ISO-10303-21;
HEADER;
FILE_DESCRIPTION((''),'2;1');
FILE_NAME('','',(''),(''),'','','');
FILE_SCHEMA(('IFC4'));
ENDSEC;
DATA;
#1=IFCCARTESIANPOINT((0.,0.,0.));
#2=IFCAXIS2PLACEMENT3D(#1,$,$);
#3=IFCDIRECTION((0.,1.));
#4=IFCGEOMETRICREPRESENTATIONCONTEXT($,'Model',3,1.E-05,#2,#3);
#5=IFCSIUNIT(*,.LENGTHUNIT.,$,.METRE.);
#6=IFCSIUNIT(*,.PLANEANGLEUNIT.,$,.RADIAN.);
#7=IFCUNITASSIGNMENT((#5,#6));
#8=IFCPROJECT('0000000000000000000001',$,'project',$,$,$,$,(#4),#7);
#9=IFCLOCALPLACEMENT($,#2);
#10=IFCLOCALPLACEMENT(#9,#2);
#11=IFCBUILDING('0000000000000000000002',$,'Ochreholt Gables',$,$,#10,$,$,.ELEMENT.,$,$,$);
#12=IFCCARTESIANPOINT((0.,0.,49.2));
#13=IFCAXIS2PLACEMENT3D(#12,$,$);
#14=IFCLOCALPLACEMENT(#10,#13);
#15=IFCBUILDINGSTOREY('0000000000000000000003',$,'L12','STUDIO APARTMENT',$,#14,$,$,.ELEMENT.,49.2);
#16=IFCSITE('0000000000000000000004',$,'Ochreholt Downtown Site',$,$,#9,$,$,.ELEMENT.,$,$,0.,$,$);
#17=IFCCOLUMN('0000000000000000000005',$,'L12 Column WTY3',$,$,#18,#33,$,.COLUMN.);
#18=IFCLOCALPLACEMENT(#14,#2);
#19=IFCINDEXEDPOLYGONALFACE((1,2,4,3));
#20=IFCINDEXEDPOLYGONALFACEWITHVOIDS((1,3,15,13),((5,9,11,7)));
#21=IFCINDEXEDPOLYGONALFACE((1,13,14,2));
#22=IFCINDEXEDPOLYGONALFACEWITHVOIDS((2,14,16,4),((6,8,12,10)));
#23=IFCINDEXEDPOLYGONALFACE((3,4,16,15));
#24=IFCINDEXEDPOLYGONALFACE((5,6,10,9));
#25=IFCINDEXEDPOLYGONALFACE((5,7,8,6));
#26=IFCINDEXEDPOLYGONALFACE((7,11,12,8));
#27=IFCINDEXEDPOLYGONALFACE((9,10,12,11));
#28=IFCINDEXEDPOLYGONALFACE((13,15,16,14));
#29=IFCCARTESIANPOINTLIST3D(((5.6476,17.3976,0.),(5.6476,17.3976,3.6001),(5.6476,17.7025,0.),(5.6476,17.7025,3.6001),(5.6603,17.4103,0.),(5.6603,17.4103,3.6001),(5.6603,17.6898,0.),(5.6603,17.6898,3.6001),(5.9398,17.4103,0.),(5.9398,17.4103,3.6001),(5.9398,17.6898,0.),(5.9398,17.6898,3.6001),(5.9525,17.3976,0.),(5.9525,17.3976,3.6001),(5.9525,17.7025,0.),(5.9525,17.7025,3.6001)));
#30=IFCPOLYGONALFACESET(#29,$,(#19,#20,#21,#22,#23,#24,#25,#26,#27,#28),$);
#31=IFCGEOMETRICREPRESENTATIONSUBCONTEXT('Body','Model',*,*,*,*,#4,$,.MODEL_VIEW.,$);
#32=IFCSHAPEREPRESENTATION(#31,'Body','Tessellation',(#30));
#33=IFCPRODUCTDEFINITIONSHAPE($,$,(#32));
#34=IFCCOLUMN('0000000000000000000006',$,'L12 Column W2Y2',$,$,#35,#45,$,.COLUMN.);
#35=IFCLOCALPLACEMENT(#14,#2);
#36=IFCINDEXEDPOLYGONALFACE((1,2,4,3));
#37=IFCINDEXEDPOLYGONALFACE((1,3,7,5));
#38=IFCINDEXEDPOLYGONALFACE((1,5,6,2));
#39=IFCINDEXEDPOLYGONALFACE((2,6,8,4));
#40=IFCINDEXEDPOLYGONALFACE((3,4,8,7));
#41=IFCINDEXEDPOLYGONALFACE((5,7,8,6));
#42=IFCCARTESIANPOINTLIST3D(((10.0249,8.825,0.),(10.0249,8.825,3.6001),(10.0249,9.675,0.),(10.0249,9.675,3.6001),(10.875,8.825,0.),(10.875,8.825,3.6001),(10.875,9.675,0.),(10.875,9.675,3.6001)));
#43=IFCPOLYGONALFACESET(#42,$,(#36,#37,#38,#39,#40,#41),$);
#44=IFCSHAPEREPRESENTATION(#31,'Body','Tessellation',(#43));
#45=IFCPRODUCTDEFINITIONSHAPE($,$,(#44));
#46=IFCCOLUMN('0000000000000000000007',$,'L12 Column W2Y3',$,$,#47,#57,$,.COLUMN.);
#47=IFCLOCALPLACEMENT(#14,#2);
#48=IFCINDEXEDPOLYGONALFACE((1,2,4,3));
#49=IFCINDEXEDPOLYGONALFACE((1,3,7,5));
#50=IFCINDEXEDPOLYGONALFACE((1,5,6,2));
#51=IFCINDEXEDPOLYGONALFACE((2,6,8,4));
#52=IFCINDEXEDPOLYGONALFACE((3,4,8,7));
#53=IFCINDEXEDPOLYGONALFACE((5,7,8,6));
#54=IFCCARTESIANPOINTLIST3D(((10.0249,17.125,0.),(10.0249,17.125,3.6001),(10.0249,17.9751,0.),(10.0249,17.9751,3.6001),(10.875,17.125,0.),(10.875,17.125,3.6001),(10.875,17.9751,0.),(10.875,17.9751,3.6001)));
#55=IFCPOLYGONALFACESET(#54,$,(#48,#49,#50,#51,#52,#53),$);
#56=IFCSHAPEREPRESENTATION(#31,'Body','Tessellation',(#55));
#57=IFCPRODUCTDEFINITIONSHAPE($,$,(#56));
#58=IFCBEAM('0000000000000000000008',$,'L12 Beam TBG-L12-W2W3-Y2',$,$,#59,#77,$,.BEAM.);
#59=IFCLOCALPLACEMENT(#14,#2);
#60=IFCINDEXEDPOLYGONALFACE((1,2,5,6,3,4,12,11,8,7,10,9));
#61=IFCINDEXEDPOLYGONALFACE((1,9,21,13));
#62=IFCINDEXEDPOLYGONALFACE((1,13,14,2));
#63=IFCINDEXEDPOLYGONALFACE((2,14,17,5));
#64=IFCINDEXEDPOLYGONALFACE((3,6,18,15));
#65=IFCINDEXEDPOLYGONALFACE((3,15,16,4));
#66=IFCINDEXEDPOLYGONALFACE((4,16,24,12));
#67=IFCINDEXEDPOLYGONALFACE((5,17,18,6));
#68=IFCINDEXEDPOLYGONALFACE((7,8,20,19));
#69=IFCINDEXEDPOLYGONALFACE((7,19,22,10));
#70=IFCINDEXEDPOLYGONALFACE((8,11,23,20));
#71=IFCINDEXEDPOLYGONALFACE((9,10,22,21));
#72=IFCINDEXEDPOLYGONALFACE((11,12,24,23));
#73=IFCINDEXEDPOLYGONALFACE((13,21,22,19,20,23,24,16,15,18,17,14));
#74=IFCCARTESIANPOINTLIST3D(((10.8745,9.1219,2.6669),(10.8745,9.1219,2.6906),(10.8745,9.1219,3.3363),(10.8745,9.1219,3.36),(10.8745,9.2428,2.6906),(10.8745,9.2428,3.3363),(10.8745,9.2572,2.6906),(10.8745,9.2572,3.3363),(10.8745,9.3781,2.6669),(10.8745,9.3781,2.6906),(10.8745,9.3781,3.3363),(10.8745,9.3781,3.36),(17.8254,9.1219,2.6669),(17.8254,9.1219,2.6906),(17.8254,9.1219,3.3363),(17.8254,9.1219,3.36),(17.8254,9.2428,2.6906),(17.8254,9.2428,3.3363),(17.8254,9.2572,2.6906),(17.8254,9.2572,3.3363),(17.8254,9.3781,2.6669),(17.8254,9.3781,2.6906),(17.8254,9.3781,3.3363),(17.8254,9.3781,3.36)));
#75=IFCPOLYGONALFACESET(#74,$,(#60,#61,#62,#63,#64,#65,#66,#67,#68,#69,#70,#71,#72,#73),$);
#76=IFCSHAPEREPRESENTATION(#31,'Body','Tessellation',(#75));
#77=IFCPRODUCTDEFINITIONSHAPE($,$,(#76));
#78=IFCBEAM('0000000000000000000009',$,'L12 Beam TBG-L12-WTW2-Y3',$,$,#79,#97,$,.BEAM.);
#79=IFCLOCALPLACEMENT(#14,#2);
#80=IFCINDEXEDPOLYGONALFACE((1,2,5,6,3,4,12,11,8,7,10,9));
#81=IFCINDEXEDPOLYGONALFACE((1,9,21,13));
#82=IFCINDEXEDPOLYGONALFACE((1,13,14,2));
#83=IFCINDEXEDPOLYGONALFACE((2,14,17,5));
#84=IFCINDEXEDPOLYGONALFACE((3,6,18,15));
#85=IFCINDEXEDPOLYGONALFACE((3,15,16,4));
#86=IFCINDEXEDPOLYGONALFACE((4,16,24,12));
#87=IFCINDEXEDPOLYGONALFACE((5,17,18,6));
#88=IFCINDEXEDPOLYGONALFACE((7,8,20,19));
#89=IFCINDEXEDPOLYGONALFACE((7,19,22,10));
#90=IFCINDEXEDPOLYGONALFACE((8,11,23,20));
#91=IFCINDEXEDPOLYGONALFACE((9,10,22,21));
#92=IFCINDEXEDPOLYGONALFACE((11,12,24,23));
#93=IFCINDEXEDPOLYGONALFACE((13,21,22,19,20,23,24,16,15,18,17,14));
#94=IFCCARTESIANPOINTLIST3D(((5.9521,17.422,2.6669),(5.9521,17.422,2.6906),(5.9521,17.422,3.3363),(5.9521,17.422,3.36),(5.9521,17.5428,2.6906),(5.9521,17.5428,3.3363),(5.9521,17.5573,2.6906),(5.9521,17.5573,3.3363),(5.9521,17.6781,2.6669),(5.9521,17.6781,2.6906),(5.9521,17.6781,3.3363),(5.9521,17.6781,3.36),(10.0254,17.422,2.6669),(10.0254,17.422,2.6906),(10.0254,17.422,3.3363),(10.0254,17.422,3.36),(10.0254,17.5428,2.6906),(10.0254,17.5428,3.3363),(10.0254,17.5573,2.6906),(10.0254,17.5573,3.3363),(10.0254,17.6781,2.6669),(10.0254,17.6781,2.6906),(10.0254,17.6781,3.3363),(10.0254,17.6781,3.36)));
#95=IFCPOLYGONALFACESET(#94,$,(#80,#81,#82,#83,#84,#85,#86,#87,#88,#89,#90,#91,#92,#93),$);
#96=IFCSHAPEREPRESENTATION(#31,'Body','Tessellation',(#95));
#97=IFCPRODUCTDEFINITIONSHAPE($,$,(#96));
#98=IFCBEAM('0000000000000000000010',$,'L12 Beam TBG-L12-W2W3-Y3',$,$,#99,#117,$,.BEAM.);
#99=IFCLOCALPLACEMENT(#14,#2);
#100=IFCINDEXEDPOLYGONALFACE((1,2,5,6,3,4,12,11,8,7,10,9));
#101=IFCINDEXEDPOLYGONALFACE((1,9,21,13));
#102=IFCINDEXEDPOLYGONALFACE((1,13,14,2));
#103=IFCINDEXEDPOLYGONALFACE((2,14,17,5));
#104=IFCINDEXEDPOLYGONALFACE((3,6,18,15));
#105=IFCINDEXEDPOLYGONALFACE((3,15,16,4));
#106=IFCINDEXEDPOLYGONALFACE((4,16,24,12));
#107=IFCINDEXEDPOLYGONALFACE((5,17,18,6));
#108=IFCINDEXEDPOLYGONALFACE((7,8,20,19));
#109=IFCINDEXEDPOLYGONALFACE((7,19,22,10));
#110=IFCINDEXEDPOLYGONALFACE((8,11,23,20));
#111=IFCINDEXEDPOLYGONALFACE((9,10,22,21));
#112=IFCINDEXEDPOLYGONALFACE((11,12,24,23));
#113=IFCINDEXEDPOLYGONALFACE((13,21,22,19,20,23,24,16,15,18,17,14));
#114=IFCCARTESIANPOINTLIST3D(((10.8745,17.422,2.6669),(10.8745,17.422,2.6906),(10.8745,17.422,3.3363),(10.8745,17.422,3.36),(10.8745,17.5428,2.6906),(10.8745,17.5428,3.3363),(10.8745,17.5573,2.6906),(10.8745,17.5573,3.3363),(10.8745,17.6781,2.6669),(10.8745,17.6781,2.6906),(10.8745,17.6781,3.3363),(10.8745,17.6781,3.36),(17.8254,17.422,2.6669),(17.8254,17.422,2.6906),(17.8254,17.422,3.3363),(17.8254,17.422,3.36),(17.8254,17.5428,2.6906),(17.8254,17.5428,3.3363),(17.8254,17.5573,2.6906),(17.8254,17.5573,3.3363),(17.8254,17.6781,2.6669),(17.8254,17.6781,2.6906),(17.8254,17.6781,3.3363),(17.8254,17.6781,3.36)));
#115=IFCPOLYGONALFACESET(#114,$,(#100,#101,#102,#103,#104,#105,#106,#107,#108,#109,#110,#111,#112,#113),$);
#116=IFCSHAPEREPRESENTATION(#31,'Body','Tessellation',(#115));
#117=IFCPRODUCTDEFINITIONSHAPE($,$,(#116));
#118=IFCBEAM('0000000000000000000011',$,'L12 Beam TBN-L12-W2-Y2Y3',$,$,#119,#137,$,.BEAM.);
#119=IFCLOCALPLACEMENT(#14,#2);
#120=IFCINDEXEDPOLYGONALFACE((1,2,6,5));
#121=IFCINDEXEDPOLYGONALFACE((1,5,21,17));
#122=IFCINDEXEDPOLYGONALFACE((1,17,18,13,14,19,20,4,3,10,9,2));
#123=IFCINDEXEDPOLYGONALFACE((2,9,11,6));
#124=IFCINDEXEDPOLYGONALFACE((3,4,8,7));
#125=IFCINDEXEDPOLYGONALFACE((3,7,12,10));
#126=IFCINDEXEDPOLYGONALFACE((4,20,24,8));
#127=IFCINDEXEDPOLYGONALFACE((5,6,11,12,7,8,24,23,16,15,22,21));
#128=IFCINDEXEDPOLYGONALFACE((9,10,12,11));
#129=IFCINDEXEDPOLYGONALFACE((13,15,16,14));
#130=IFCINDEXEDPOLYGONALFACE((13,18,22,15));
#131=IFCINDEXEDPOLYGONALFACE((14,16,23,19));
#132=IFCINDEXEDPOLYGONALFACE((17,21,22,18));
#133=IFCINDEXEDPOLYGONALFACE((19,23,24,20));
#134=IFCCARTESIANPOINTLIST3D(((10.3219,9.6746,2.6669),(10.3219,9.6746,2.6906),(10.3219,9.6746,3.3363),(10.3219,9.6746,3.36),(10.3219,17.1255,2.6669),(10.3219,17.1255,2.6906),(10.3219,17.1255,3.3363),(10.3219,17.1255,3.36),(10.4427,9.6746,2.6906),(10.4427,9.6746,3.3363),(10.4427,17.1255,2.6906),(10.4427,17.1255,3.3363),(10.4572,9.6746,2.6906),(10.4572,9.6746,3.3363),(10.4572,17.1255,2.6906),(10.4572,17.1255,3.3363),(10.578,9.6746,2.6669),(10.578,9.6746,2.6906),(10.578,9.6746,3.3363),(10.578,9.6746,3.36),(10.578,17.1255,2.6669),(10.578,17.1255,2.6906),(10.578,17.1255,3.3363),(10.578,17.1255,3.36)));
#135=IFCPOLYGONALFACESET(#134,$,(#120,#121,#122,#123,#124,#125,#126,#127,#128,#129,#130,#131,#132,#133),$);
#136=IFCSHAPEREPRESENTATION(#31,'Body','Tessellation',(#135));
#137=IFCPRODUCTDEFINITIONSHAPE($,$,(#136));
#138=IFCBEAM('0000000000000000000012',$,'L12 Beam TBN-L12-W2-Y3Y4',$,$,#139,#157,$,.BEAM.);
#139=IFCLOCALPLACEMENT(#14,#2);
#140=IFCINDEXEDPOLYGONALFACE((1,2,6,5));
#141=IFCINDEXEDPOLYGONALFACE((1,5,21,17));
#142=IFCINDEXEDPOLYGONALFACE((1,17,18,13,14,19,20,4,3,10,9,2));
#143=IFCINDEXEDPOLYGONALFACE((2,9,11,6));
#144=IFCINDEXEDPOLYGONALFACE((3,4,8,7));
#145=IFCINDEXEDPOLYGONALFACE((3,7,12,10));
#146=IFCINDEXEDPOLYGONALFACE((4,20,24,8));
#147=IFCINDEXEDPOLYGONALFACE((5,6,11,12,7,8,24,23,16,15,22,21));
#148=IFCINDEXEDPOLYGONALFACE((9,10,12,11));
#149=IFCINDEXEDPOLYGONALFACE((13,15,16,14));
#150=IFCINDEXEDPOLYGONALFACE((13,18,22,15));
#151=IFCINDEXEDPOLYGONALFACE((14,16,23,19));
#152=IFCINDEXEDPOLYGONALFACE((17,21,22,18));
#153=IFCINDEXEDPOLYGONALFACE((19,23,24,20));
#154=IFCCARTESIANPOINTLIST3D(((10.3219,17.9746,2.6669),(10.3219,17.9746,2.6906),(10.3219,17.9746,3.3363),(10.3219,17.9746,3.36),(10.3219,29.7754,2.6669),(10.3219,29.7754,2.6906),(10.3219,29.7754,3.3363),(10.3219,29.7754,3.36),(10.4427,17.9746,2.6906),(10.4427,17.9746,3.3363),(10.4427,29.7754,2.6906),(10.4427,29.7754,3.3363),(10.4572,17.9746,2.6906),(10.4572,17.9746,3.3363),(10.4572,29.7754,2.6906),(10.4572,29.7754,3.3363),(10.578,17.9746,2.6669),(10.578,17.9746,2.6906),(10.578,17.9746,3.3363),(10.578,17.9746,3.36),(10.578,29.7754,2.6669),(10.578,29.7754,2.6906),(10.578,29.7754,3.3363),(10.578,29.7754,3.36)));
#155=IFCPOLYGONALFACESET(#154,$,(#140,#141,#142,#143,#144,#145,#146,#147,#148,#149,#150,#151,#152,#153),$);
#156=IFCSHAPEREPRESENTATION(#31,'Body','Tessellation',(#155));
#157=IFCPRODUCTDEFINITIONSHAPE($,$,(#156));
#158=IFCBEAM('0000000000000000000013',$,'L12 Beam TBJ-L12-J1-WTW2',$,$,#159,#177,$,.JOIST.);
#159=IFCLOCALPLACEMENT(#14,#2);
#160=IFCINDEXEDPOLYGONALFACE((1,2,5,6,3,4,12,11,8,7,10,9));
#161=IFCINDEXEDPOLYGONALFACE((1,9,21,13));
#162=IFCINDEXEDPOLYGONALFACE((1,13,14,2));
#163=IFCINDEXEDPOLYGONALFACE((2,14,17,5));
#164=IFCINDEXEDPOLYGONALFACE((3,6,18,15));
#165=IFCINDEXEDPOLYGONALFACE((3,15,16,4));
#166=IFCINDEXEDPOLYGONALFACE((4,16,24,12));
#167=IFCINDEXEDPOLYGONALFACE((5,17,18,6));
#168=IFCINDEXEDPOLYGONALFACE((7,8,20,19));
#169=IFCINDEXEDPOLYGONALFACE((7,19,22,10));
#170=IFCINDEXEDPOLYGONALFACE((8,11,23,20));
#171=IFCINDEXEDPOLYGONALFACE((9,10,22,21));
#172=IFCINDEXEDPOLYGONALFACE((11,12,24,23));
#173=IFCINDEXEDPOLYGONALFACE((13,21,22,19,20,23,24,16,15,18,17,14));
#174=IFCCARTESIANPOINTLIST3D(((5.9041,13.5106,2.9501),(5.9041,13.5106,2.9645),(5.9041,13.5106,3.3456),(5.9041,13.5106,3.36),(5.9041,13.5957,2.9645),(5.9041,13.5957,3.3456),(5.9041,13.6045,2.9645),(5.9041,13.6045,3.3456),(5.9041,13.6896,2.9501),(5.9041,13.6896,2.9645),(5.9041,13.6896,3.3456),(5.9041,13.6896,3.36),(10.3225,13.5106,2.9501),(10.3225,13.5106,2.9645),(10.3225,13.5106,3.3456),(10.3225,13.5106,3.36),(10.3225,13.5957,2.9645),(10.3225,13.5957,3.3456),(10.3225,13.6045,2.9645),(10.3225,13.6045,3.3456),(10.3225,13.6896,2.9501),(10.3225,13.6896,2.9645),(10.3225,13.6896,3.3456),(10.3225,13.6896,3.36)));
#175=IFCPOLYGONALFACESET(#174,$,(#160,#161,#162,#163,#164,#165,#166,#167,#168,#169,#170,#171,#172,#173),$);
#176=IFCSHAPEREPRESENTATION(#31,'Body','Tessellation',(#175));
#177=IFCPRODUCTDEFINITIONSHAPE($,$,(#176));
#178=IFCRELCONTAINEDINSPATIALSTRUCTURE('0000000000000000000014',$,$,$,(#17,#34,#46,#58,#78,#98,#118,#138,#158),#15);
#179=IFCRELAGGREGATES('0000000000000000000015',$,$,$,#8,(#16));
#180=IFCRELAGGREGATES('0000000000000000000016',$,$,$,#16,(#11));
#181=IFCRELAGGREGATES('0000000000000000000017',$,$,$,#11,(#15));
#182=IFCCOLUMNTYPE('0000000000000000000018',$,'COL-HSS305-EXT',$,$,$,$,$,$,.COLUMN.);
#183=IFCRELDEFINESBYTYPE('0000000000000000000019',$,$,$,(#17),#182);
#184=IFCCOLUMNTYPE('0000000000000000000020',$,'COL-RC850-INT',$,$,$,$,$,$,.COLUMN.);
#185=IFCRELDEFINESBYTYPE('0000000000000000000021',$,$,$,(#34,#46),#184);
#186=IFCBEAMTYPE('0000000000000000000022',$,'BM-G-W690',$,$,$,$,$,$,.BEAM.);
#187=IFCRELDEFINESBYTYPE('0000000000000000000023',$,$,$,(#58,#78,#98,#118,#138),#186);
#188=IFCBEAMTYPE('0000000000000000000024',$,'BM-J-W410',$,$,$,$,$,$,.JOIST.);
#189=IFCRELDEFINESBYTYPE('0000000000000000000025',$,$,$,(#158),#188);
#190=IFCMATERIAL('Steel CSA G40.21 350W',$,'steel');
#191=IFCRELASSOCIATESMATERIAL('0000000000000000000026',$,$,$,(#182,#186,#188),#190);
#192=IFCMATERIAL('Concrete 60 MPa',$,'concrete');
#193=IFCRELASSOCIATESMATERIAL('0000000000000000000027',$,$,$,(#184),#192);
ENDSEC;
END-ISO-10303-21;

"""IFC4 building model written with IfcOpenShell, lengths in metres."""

from ifc_helpers import new_model, si_unit, direction, frame, origin, origin_2d, place, context, subcontext, project, spatial, rectangle, hollow_rectangle, i_section, extrude, material, material_profile, profile_set, type_object, element, save


model = new_model("IFC4")

# Units and contexts
model_context = context("Model", 3, precision=1e-05, world=origin(), true_north=direction((0.0, 1.0)))
body_context = subcontext(model_context, "Body", "Model", "MODEL_VIEW")
ifc_project = project(units=[si_unit("LENGTHUNIT", "METRE"), si_unit("PLANEANGLEUNIT", "RADIAN")], contexts=[model_context])

# Site, building, storey
site_placement = place(None, origin())
site = spatial("IfcSite", under=ifc_project, at=site_placement, Name="Ochreholt Downtown Site", CompositionType="ELEMENT", RefElevation=0.0)
building_placement = place(site_placement, origin())
building = spatial("IfcBuilding", under=site, at=building_placement, Name="Ochreholt Gables", CompositionType="ELEMENT")
storey_placement = place(building_placement, frame((0.0, 0.0, 49.2)))
storey = spatial("IfcBuildingStorey", under=building, at=storey_placement, Name="L12", Description="STUDIO APARTMENT", CompositionType="ELEMENT", Elevation=49.2)

# Columns
ifc_material_1 = material(Name="Steel CSA G40.21 350W", Category="steel")
ifc_material_profile_1 = material_profile(ifc_material_1, hollow_rectangle(XDim=0.3049, YDim=0.3049, WallThickness=0.0127, at=origin_2d()), Name="HSS305X305X13")
ifc_profile_set_1 = profile_set([ifc_material_profile_1], Name="Steel CSA G40.21 350W")
column_type_1 = type_object("IfcColumnType", Name="COL-HSS305-EXT", PredefinedType="COLUMN", material=ifc_profile_set_1)
column_placement = place(storey_placement, frame((5.8, 17.55, 0.0), z_axis=(0.0, 0.0, 1.0), x_axis=(1.0, 0.0, 0.0)))
element("IfcColumn", 1, at=column_placement, inside=storey, type_object=column_type_1, Name="L12 Column WTY3", PredefinedType="COLUMN", context=body_context, shape_type="SweptSolid", body=[
    extrude(hollow_rectangle(XDim=0.3049, YDim=0.3049, WallThickness=0.0127, at=origin_2d()), origin(), (0.0, 0.0, 1.0), 3.6001),
])
ifc_material_2 = material(Name="Concrete 60 MPa", Category="concrete")
ifc_material_profile_2 = material_profile(ifc_material_2, rectangle(XDim=0.8501, YDim=0.8501, at=origin_2d()), Name="RC850X850")
ifc_profile_set_2 = profile_set([ifc_material_profile_2], Name="Concrete 60 MPa")
column_type_2 = type_object("IfcColumnType", Name="COL-RC850-INT", PredefinedType="COLUMN", material=ifc_profile_set_2)
for number, where, z_axis, x_axis, name in (
    (2, (10.45, 9.25, 0.0), (0.0, 0.0, 1.0), (1.0, 0.0, 0.0), "L12 Column W2Y2"),
    (3, (10.45, 17.55, 0.0), (0.0, 0.0, 1.0), (1.0, 0.0, 0.0), "L12 Column W2Y3"),
):
    element("IfcColumn", number, at=place(storey_placement, frame(where, z_axis=z_axis, x_axis=x_axis)), inside=storey, type_object=column_type_2, Name=name, PredefinedType="COLUMN", context=body_context, shape_type="SweptSolid", body=[
        extrude(rectangle(XDim=0.8501, YDim=0.8501, at=origin_2d()), origin(), (0.0, 0.0, 1.0), 3.6001),
    ])

# Beams
ifc_material_profile_3 = material_profile(ifc_material_1, i_section(OverallWidth=0.2561, OverallDepth=0.6931, WebThickness=0.0144, FlangeThickness=0.0237, at=origin_2d()), Name="W690X170")
ifc_profile_set_3 = profile_set([ifc_material_profile_3], Name="Steel CSA G40.21 350W")
beam_type_1 = type_object("IfcBeamType", Name="BM-G-W690", PredefinedType="BEAM", material=ifc_profile_set_3)
beam_1_placement = place(storey_placement, frame((10.8745, 9.25, 3.0134), z_axis=(1.0, 0.0, 0.0), x_axis=(0.0, 1.0, 0.0)))
element("IfcBeam", 4, at=beam_1_placement, inside=storey, type_object=beam_type_1, Name="L12 Beam TBG-L12-W2W3-Y2", PredefinedType="BEAM", context=body_context, shape_type="SweptSolid", body=[
    extrude(i_section(OverallWidth=0.2561, OverallDepth=0.6931, WebThickness=0.0144, FlangeThickness=0.0237, at=origin_2d()), origin(), (0.0, 0.0, 1.0), 6.9509),
])
beam_2_placement = place(storey_placement, frame((5.9521, 17.55, 3.0134), z_axis=(1.0, 0.0, 0.0), x_axis=(0.0, 1.0, 0.0)))
element("IfcBeam", 5, at=beam_2_placement, inside=storey, type_object=beam_type_1, Name="L12 Beam TBG-L12-WTW2-Y3", PredefinedType="BEAM", context=body_context, shape_type="SweptSolid", body=[
    extrude(i_section(OverallWidth=0.2561, OverallDepth=0.6931, WebThickness=0.0144, FlangeThickness=0.0237, at=origin_2d()), origin(), (0.0, 0.0, 1.0), 4.0732),
])
beam_3_placement = place(storey_placement, frame((10.8745, 17.55, 3.0134), z_axis=(1.0, 0.0, 0.0), x_axis=(0.0, 1.0, 0.0)))
element("IfcBeam", 6, at=beam_3_placement, inside=storey, type_object=beam_type_1, Name="L12 Beam TBG-L12-W2W3-Y3", PredefinedType="BEAM", context=body_context, shape_type="SweptSolid", body=[
    extrude(i_section(OverallWidth=0.2561, OverallDepth=0.6931, WebThickness=0.0144, FlangeThickness=0.0237, at=origin_2d()), origin(), (0.0, 0.0, 1.0), 6.9509),
])
beam_4_placement = place(storey_placement, frame((10.45, 9.6746, 3.0134), z_axis=(0.0, 1.0, 0.0), x_axis=(-1.0, 0.0, 0.0)))
element("IfcBeam", 7, at=beam_4_placement, inside=storey, type_object=beam_type_1, Name="L12 Beam TBN-L12-W2-Y2Y3", PredefinedType="BEAM", context=body_context, shape_type="SweptSolid", body=[
    extrude(i_section(OverallWidth=0.2561, OverallDepth=0.6931, WebThickness=0.0144, FlangeThickness=0.0237, at=origin_2d()), origin(), (0.0, 0.0, 1.0), 7.4509),
])
beam_5_placement = place(storey_placement, frame((10.45, 17.9746, 3.0134), z_axis=(0.0, 1.0, 0.0), x_axis=(-1.0, 0.0, 0.0)))
element("IfcBeam", 8, at=beam_5_placement, inside=storey, type_object=beam_type_1, Name="L12 Beam TBN-L12-W2-Y3Y4", PredefinedType="BEAM", context=body_context, shape_type="SweptSolid", body=[
    extrude(i_section(OverallWidth=0.2561, OverallDepth=0.6931, WebThickness=0.0144, FlangeThickness=0.0237, at=origin_2d()), origin(), (0.0, 0.0, 1.0), 11.8008),
])
ifc_material_profile_4 = material_profile(ifc_material_1, i_section(OverallWidth=0.179, OverallDepth=0.4099, WebThickness=0.0088, FlangeThickness=0.0144, at=origin_2d()), Name="W410X67")
ifc_profile_set_4 = profile_set([ifc_material_profile_4], Name="Steel CSA G40.21 350W")
beam_type_2 = type_object("IfcBeamType", Name="BM-J-W410", PredefinedType="JOIST", material=ifc_profile_set_4)
beam_6_placement = place(storey_placement, frame((5.9041, 13.6001, 3.155), z_axis=(1.0, 0.0, 0.0), x_axis=(0.0, 1.0, 0.0)))
element("IfcBeam", 9, at=beam_6_placement, inside=storey, type_object=beam_type_2, Name="L12 Beam TBJ-L12-J1-WTW2", PredefinedType="JOIST", context=body_context, shape_type="SweptSolid", body=[
    extrude(i_section(OverallWidth=0.179, OverallDepth=0.4099, WebThickness=0.0088, FlangeThickness=0.0144, at=origin_2d()), origin(), (0.0, 0.0, 1.0), 4.4185),
])

save(model, "model.ifc")
